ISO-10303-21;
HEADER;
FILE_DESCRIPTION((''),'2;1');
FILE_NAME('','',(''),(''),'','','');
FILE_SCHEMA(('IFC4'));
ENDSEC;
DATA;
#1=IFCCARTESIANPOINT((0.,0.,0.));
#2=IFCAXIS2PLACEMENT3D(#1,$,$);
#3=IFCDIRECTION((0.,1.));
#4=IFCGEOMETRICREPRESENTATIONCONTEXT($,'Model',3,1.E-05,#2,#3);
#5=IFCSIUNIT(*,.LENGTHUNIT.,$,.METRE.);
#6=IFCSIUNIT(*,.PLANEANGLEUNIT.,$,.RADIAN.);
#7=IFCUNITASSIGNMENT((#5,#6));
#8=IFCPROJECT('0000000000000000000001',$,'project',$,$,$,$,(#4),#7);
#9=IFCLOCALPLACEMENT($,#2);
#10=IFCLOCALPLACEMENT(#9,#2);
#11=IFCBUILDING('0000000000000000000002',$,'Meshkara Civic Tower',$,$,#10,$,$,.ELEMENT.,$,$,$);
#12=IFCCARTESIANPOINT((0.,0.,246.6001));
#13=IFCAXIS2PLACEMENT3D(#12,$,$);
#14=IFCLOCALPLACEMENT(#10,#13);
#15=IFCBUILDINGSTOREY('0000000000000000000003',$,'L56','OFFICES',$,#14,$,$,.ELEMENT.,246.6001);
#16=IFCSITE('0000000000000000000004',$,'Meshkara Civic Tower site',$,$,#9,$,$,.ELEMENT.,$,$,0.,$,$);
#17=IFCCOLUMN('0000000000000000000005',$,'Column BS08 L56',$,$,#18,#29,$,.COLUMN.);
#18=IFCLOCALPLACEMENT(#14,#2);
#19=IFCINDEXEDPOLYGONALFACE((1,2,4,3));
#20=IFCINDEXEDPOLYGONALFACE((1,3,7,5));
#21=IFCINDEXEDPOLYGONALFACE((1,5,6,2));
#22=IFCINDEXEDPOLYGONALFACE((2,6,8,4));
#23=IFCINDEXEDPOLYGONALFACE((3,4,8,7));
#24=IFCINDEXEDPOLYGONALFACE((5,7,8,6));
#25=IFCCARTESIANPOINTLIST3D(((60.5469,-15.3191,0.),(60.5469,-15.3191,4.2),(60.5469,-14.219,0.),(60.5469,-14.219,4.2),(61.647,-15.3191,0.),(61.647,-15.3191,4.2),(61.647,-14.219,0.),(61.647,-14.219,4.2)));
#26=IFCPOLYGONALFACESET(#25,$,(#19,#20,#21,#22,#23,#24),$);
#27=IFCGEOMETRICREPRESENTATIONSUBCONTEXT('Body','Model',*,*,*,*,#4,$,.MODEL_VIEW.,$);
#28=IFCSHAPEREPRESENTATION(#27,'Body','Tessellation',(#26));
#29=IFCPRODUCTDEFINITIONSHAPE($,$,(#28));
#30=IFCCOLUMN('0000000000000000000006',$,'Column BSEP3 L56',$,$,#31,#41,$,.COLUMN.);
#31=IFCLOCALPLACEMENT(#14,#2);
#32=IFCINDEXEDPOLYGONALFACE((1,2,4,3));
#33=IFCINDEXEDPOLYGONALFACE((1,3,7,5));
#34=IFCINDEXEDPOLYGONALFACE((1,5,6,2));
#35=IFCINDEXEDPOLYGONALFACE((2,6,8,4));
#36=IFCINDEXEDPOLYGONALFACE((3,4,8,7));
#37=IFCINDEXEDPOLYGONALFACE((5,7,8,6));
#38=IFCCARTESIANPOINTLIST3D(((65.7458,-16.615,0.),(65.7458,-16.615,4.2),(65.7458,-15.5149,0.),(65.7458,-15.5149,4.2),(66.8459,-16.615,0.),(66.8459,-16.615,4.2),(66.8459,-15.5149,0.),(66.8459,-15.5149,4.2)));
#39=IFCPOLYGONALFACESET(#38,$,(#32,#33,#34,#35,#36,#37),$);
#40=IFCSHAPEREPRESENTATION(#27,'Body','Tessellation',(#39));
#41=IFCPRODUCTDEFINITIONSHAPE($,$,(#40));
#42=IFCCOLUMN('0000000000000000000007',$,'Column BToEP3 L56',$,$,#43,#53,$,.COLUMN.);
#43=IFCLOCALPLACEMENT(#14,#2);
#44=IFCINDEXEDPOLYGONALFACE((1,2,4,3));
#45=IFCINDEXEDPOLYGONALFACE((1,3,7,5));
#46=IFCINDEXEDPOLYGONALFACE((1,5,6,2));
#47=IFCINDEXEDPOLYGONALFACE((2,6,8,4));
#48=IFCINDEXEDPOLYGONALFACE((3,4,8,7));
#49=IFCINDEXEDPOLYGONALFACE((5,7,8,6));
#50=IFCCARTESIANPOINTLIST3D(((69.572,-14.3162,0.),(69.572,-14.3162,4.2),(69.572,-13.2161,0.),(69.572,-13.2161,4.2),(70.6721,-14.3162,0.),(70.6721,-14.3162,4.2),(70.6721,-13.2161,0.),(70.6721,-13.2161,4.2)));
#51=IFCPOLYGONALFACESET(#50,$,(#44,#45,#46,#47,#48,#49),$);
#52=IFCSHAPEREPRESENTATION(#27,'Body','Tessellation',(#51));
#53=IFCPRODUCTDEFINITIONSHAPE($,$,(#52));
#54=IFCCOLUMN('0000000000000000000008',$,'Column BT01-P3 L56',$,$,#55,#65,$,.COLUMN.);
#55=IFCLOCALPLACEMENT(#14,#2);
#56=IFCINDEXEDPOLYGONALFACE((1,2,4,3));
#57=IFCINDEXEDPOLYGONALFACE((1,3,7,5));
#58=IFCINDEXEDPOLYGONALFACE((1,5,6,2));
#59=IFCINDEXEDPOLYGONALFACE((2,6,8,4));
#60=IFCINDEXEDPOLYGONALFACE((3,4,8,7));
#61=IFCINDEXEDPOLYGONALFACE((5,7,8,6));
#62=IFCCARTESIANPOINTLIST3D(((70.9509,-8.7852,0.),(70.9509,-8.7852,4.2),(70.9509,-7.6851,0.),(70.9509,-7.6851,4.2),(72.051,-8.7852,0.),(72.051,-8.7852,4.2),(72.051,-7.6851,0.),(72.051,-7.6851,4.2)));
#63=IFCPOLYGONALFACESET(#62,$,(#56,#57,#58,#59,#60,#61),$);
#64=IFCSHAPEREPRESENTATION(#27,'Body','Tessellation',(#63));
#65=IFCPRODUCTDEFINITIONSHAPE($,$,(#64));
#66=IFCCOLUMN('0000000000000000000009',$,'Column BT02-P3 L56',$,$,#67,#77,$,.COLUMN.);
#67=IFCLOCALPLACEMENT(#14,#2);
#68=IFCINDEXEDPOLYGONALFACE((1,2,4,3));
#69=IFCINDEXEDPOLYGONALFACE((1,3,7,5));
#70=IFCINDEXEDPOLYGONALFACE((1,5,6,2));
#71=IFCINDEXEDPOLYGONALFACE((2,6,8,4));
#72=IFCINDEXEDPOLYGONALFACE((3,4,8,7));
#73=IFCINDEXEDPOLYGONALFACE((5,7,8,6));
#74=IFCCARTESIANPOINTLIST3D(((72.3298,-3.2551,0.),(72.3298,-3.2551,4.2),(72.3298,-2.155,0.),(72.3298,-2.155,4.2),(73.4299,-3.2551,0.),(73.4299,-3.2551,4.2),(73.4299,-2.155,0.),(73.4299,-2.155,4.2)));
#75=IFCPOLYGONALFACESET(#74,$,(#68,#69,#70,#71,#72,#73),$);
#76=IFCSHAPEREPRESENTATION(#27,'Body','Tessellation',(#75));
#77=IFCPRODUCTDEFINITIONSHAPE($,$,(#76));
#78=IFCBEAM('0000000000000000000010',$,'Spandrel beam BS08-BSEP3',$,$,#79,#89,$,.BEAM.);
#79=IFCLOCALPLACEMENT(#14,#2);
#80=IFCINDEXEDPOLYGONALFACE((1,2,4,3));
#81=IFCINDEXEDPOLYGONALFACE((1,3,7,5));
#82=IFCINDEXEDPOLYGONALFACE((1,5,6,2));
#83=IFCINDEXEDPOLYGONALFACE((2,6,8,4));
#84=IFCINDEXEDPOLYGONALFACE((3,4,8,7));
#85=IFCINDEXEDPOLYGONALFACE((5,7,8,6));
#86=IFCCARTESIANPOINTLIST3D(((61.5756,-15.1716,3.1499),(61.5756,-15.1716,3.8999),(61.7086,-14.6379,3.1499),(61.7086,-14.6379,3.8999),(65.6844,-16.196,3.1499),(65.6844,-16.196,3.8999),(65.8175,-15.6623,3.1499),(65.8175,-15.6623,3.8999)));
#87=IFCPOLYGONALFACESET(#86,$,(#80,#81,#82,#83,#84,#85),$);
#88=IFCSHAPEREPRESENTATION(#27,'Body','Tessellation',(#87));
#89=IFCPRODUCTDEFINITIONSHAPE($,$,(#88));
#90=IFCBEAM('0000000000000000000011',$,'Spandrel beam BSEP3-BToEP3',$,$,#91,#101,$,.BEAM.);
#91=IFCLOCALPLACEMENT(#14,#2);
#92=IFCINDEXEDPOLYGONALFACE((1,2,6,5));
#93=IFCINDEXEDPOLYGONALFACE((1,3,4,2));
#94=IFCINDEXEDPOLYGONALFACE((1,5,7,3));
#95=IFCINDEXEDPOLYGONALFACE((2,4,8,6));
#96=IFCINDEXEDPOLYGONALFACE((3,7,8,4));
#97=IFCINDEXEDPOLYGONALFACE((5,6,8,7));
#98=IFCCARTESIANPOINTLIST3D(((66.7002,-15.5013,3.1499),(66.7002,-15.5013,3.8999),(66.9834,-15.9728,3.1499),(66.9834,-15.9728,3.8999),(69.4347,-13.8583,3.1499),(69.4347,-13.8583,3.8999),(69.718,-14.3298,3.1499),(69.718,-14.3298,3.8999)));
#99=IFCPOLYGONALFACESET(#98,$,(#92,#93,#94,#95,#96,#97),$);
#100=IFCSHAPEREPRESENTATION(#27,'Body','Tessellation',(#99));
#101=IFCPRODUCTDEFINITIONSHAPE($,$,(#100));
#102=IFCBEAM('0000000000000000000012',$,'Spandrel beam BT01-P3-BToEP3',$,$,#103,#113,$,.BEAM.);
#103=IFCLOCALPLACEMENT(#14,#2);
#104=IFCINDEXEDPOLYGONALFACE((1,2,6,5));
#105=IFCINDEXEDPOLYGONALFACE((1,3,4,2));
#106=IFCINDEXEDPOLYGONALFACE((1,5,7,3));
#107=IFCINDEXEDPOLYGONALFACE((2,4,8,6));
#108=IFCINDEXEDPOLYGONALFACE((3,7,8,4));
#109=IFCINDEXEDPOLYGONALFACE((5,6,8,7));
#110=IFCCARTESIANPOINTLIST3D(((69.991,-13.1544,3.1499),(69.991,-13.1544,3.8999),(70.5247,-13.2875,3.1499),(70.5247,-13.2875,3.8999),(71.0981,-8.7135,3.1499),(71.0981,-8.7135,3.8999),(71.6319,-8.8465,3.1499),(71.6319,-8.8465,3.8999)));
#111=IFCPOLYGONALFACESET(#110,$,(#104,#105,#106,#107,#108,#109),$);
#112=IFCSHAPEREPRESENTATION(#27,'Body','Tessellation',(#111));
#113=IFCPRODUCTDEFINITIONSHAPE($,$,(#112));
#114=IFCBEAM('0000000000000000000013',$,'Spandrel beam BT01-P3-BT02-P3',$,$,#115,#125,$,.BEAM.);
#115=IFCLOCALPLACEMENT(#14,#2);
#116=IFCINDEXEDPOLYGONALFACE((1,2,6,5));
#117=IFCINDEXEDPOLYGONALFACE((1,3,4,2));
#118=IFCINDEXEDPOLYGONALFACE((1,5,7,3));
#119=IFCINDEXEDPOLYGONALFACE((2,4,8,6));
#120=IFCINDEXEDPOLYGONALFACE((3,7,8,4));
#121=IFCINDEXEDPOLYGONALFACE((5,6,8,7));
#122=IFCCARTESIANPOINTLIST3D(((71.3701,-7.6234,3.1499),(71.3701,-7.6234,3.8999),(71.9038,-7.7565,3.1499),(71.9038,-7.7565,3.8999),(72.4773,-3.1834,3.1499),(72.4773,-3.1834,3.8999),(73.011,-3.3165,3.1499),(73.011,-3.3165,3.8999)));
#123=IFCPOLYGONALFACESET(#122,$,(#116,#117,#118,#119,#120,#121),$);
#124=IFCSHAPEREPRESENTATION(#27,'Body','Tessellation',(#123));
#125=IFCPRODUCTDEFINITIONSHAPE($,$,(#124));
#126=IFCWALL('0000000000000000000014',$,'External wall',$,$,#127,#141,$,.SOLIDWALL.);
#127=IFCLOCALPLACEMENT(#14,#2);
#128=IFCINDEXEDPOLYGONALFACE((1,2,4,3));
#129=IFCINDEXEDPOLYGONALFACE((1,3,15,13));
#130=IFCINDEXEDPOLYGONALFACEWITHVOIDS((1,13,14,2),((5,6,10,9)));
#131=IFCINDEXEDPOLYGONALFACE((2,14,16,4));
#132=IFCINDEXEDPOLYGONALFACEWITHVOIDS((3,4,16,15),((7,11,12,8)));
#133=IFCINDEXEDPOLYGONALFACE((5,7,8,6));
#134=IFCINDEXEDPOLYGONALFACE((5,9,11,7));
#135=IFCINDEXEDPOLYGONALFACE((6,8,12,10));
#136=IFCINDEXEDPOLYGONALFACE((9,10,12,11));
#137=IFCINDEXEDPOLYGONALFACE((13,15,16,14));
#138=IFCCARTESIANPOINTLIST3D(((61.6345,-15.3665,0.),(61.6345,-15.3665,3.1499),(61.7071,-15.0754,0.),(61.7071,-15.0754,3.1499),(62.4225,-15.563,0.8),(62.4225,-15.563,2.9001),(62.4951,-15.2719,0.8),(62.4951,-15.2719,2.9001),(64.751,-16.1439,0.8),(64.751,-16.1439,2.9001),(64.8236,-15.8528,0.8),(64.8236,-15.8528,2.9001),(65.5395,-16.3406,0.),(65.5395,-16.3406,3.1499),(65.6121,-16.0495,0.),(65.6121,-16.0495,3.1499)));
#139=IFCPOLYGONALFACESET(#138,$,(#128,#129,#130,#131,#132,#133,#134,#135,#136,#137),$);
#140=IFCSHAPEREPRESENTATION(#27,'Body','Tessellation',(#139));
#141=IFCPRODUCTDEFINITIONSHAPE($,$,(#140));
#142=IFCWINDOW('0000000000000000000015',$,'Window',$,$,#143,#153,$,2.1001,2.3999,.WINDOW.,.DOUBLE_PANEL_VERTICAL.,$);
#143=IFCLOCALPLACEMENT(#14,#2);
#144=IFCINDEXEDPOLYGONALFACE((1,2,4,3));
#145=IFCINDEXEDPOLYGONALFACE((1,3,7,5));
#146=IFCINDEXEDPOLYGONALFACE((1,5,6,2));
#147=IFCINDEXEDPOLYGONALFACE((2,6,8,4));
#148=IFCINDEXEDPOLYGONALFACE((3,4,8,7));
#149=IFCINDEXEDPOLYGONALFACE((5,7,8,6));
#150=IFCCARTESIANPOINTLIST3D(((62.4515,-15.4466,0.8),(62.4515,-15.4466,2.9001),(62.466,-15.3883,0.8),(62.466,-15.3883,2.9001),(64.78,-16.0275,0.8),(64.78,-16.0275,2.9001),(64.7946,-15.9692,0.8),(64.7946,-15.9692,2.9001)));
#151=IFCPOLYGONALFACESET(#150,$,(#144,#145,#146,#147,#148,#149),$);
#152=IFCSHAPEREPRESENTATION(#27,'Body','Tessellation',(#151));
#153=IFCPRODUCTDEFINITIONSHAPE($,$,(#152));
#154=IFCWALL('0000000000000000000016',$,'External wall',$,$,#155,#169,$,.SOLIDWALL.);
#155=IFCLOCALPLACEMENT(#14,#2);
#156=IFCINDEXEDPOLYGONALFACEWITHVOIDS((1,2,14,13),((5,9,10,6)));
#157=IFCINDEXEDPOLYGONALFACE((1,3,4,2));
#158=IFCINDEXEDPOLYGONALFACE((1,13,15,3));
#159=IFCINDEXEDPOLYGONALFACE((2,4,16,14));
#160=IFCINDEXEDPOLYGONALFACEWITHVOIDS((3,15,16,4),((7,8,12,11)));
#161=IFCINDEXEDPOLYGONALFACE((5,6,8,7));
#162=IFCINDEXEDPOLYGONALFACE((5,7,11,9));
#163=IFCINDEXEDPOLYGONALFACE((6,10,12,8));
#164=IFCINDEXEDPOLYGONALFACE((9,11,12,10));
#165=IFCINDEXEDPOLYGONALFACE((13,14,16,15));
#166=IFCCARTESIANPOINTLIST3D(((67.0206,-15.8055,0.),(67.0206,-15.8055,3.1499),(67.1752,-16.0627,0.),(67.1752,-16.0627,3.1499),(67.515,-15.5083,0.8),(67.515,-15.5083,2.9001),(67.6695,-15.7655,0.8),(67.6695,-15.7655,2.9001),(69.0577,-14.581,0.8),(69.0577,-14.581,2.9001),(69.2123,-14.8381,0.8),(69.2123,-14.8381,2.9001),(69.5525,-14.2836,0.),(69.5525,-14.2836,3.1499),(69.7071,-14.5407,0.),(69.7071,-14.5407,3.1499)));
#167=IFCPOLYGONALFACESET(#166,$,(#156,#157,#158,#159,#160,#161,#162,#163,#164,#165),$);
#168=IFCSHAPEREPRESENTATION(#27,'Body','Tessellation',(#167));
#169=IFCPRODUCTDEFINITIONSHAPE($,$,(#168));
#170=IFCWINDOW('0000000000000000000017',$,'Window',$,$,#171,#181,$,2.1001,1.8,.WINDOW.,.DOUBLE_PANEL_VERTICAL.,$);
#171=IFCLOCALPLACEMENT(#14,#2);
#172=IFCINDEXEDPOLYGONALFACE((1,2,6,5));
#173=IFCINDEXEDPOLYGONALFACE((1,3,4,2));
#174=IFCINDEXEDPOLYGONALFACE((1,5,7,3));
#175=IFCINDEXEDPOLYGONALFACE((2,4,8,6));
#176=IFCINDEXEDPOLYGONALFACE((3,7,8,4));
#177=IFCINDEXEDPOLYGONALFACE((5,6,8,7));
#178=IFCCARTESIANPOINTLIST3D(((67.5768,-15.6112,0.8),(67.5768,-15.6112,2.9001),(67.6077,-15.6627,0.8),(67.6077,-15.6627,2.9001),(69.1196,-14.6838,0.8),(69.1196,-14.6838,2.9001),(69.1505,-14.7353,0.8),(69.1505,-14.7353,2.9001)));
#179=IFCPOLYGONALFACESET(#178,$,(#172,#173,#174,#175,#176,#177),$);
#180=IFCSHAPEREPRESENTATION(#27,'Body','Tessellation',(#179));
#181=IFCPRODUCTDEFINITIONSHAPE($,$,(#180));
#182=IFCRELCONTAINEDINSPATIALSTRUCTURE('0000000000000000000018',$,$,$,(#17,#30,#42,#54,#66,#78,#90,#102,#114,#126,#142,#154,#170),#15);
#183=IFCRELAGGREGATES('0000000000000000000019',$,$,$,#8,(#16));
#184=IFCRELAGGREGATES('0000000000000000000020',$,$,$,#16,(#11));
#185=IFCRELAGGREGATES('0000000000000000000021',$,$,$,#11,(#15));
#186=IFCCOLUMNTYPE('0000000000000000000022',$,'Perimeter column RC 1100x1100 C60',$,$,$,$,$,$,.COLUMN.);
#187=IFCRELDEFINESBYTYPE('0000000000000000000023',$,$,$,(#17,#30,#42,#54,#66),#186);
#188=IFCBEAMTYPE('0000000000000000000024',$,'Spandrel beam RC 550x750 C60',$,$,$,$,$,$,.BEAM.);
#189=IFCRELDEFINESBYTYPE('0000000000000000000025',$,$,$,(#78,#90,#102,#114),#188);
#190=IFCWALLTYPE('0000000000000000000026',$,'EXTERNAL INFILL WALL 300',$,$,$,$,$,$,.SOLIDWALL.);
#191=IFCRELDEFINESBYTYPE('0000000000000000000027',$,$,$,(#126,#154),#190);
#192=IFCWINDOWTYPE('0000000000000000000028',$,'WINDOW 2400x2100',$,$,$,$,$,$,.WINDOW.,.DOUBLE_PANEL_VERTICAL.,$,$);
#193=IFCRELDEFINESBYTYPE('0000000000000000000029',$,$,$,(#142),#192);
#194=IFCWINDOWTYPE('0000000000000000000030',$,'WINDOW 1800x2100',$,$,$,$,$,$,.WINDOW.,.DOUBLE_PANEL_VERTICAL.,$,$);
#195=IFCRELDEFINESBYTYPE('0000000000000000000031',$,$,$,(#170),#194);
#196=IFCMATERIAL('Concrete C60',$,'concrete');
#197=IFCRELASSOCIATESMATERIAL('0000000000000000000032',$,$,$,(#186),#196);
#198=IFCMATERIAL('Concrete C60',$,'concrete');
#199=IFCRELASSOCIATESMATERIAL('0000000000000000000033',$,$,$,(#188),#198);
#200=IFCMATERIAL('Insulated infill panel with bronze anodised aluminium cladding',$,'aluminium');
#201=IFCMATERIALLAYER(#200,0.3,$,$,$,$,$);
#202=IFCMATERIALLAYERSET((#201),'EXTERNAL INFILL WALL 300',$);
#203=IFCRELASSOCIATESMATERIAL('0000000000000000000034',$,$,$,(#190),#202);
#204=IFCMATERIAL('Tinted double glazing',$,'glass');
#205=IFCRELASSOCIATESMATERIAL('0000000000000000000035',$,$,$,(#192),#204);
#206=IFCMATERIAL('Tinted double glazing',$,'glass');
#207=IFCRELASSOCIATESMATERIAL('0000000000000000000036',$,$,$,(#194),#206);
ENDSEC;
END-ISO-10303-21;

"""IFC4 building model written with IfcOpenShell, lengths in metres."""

from ifc_helpers import new_model, si_unit, direction, frame, frame_2d, origin, origin_2d, place, context, subcontext, project, spatial, rectangle, extrude, material, layer, layer_set, material_profile, profile_set, type_object, element, fill, save


model = new_model("IFC4")

# Units and contexts
model_context = context("Model", 3, precision=1e-05, world=origin(), true_north=direction((0.0, 1.0)))
body_context = subcontext(model_context, "Body", "Model", "MODEL_VIEW")
ifc_project = project(units=[si_unit("LENGTHUNIT", "METRE"), si_unit("PLANEANGLEUNIT", "RADIAN")], contexts=[model_context])

# Site, building, storey
site_placement = place(None, origin())
site = spatial("IfcSite", under=ifc_project, at=site_placement, Name="Meshkara Civic Tower site", CompositionType="ELEMENT", RefElevation=0.0)
building_placement = place(site_placement, origin())
building = spatial("IfcBuilding", under=site, at=building_placement, Name="Meshkara Civic Tower", CompositionType="ELEMENT")
storey_placement = place(building_placement, frame((0.0, 0.0, 246.6001)))
storey = spatial("IfcBuildingStorey", under=building, at=storey_placement, Name="L56", Description="OFFICES", CompositionType="ELEMENT", Elevation=246.6001)

# Columns
ifc_material_1 = material(Name="Concrete C60", Category="concrete")
ifc_material_profile_1 = material_profile(ifc_material_1, rectangle(XDim=1.1001, YDim=1.1001, at=origin_2d()))
ifc_profile_set_1 = profile_set([ifc_material_profile_1], Name="Concrete C60")
column_type = type_object("IfcColumnType", Name="Perimeter column RC 1100x1100 C60", PredefinedType="COLUMN", material=ifc_profile_set_1)
for number, where, z_axis, x_axis, name in (
    (1, (61.0969, -14.769, 0.0), (0.0, 0.0, 1.0), (1.0, 0.0, 0.0), "Column BS08 L56"),
    (2, (66.2959, -16.0649, 0.0), (0.0, 0.0, 1.0), (1.0, 0.0, 0.0), "Column BSEP3 L56"),
    (3, (70.1221, -13.7661, 0.0), (0.0, 0.0, 1.0), (1.0, 0.0, 0.0), "Column BToEP3 L56"),
    (4, (71.501, -8.2351, 0.0), (0.0, 0.0, 1.0), (1.0, 0.0, 0.0), "Column BT01-P3 L56"),
    (5, (72.8799, -2.7051, 0.0), (0.0, 0.0, 1.0), (1.0, 0.0, 0.0), "Column BT02-P3 L56"),
):
    element("IfcColumn", number, at=place(storey_placement, frame(where, z_axis=z_axis, x_axis=x_axis)), inside=storey, type_object=column_type, Name=name, PredefinedType="COLUMN", context=body_context, shape_type="SweptSolid", body=[
        extrude(rectangle(XDim=1.1001, YDim=1.1001, at=origin_2d()), origin(), (0.0, 0.0, 1.0), 4.2),
    ])

# Beams
ifc_material_2 = material(Name="Concrete C60", Category="concrete")
ifc_material_profile_2 = material_profile(ifc_material_2, rectangle(XDim=0.55, YDim=0.75, at=origin_2d()))
ifc_profile_set_2 = profile_set([ifc_material_profile_2], Name="Concrete C60")
beam_type = type_object("IfcBeamType", Name="Spandrel beam RC 550x750 C60", PredefinedType="BEAM", material=ifc_profile_set_2)
beam_1_placement = place(storey_placement, frame((61.6421, -14.9048, 3.5249), z_axis=(0.970298, -0.241912, 0.0), x_axis=(0.241912, 0.970298, 0.0)))
element("IfcBeam", 6, at=beam_1_placement, inside=storey, type_object=beam_type, Name="Spandrel beam BS08-BSEP3", PredefinedType="BEAM", context=body_context, shape_type="SweptSolid", body=[
    extrude(rectangle(XDim=0.55, YDim=0.75, at=origin_2d()), origin(), (0.0, 0.0, 1.0), 4.2346),
])
beam_2_placement = place(storey_placement, frame((66.8418, -15.7371, 3.5249), z_axis=(0.857175, 0.515025, 0.0), x_axis=(-0.515025, 0.857175, 0.0)))
element("IfcBeam", 7, at=beam_2_placement, inside=storey, type_object=beam_type, Name="Spandrel beam BSEP3-BToEP3", PredefinedType="BEAM", context=body_context, shape_type="SweptSolid", body=[
    extrude(rectangle(XDim=0.55, YDim=0.75, at=origin_2d()), origin(), (0.0, 0.0, 1.0), 3.1902),
])
beam_3_placement = place(storey_placement, frame((70.2578, -13.2209, 3.5249), z_axis=(0.241908, 0.970299, 0.0), x_axis=(-0.970299, 0.241908, 0.0)))
element("IfcBeam", 8, at=beam_3_placement, inside=storey, type_object=beam_type, Name="Spandrel beam BT01-P3-BToEP3", PredefinedType="BEAM", context=body_context, shape_type="SweptSolid", body=[
    extrude(rectangle(XDim=0.55, YDim=0.75, at=origin_2d()), origin(), (0.0, 0.0, 1.0), 4.5769),
])
beam_4_placement = place(storey_placement, frame((71.637, -7.6899, 3.5249), z_axis=(0.241958, 0.970287, 0.0), x_axis=(-0.970287, 0.241958, 0.0)))
element("IfcBeam", 9, at=beam_4_placement, inside=storey, type_object=beam_type, Name="Spandrel beam BT01-P3-BT02-P3", PredefinedType="BEAM", context=body_context, shape_type="SweptSolid", body=[
    extrude(rectangle(XDim=0.55, YDim=0.75, at=origin_2d()), origin(), (0.0, 0.0, 1.0), 4.5759),
])

# Walls, openings, windows
ifc_material_3 = material(Name="Insulated infill panel with bronze anodised aluminium cladding", Category="aluminium")
ifc_layer_1 = layer(ifc_material_3, 0.3)
ifc_layer_set_1 = layer_set([ifc_layer_1], Name="EXTERNAL INFILL WALL 300")
wall_type_1 = type_object("IfcWallType", Name="EXTERNAL INFILL WALL 300", PredefinedType="SOLIDWALL", material=ifc_layer_set_1)
wall_1_placement = place(storey_placement, frame((61.6709, -15.2209, 0.0), z_axis=(0.0, 0.0, 1.0), x_axis=(0.970267, -0.242036, 0.0)))
wall_1 = element("IfcWall", 10, at=wall_1_placement, inside=storey, type_object=wall_type_1, Name="External wall", PredefinedType="SOLIDWALL", context=body_context, shape_type="SweptSolid", body=[
    extrude(rectangle(XDim=4.0247, YDim=0.3, at=frame_2d((2.0122, 0.0))), origin(), (0.0, 0.0, 1.0), 3.1499),
])
opening_1_placement = place(wall_1_placement, frame((0.812, 0.0, 0.8)))
opening_1 = element("IfcOpeningElement", 11, at=opening_1_placement, cuts=wall_1, PredefinedType="OPENING", context=body_context, shape_type="SweptSolid", body=[
    extrude(rectangle(XDim=2.3999, YDim=2.1001, at=frame_2d((1.2, 1.05))), frame((0.0, 0.1599, 0.0), z_axis=(0.0, -1.0, 0.0), x_axis=(1.0, 0.0, 0.0)), (0.0, 0.0, 1.0), 0.3201),
])
ifc_material_4 = material(Name="Tinted double glazing", Category="glass")
window_type_1 = type_object("IfcWindowType", Name="WINDOW 2400x2100", PartitioningType="DOUBLE_PANEL_VERTICAL", PredefinedType="WINDOW", material=ifc_material_4)
window_1_placement = place(opening_1_placement, origin())
window_1 = element("IfcWindow", 12, at=window_1_placement, inside=storey, type_object=window_type_1, Name="Window", OverallHeight=2.1001, OverallWidth=2.3999, PartitioningType="DOUBLE_PANEL_VERTICAL", PredefinedType="WINDOW", context=body_context, shape_type="SweptSolid", body=[
    extrude(rectangle(XDim=2.3999, YDim=2.1001, at=frame_2d((1.2, 1.05))), frame((0.0, 0.03, 0.0), z_axis=(0.0, -1.0, 0.0), x_axis=(1.0, 0.0, 0.0)), (0.0, 0.0, 1.0), 0.0601),
])
fill(opening_1, window_1)
wall_2_placement = place(storey_placement, frame((67.0979, -15.9341, 0.0), z_axis=(0.0, 0.0, 1.0), x_axis=(0.857077, 0.515188, 0.0)))
wall_2 = element("IfcWall", 13, at=wall_2_placement, inside=storey, type_object=wall_type_1, Name="External wall", PredefinedType="SOLIDWALL", context=body_context, shape_type="SweptSolid", body=[
    extrude(rectangle(XDim=2.9541, YDim=0.3, at=frame_2d((1.4771, 0.0))), origin(), (0.0, 0.0, 1.0), 3.1499),
])
opening_2_placement = place(wall_2_placement, frame((0.5769, 0.0, 0.8)))
opening_2 = element("IfcOpeningElement", 14, at=opening_2_placement, cuts=wall_2, PredefinedType="OPENING", context=body_context, shape_type="SweptSolid", body=[
    extrude(rectangle(XDim=1.8, YDim=2.1001, at=frame_2d((0.8999, 1.05))), frame((0.0, 0.1599, 0.0), z_axis=(0.0, -1.0, 0.0), x_axis=(1.0, 0.0, 0.0)), (0.0, 0.0, 1.0), 0.3201),
])
ifc_material_5 = material(Name="Tinted double glazing", Category="glass")
window_type_2 = type_object("IfcWindowType", Name="WINDOW 1800x2100", PartitioningType="DOUBLE_PANEL_VERTICAL", PredefinedType="WINDOW", material=ifc_material_5)
window_2_placement = place(opening_2_placement, origin())
window_2 = element("IfcWindow", 15, at=window_2_placement, inside=storey, type_object=window_type_2, Name="Window", OverallHeight=2.1001, OverallWidth=1.8, PartitioningType="DOUBLE_PANEL_VERTICAL", PredefinedType="WINDOW", context=body_context, shape_type="SweptSolid", body=[
    extrude(rectangle(XDim=1.8, YDim=2.1001, at=frame_2d((0.8999, 1.05))), frame((0.0, 0.03, 0.0), z_axis=(0.0, -1.0, 0.0), x_axis=(1.0, 0.0, 0.0)), (0.0, 0.0, 1.0), 0.0601),
])
fill(opening_2, window_2)

save(model, "model.ifc")
